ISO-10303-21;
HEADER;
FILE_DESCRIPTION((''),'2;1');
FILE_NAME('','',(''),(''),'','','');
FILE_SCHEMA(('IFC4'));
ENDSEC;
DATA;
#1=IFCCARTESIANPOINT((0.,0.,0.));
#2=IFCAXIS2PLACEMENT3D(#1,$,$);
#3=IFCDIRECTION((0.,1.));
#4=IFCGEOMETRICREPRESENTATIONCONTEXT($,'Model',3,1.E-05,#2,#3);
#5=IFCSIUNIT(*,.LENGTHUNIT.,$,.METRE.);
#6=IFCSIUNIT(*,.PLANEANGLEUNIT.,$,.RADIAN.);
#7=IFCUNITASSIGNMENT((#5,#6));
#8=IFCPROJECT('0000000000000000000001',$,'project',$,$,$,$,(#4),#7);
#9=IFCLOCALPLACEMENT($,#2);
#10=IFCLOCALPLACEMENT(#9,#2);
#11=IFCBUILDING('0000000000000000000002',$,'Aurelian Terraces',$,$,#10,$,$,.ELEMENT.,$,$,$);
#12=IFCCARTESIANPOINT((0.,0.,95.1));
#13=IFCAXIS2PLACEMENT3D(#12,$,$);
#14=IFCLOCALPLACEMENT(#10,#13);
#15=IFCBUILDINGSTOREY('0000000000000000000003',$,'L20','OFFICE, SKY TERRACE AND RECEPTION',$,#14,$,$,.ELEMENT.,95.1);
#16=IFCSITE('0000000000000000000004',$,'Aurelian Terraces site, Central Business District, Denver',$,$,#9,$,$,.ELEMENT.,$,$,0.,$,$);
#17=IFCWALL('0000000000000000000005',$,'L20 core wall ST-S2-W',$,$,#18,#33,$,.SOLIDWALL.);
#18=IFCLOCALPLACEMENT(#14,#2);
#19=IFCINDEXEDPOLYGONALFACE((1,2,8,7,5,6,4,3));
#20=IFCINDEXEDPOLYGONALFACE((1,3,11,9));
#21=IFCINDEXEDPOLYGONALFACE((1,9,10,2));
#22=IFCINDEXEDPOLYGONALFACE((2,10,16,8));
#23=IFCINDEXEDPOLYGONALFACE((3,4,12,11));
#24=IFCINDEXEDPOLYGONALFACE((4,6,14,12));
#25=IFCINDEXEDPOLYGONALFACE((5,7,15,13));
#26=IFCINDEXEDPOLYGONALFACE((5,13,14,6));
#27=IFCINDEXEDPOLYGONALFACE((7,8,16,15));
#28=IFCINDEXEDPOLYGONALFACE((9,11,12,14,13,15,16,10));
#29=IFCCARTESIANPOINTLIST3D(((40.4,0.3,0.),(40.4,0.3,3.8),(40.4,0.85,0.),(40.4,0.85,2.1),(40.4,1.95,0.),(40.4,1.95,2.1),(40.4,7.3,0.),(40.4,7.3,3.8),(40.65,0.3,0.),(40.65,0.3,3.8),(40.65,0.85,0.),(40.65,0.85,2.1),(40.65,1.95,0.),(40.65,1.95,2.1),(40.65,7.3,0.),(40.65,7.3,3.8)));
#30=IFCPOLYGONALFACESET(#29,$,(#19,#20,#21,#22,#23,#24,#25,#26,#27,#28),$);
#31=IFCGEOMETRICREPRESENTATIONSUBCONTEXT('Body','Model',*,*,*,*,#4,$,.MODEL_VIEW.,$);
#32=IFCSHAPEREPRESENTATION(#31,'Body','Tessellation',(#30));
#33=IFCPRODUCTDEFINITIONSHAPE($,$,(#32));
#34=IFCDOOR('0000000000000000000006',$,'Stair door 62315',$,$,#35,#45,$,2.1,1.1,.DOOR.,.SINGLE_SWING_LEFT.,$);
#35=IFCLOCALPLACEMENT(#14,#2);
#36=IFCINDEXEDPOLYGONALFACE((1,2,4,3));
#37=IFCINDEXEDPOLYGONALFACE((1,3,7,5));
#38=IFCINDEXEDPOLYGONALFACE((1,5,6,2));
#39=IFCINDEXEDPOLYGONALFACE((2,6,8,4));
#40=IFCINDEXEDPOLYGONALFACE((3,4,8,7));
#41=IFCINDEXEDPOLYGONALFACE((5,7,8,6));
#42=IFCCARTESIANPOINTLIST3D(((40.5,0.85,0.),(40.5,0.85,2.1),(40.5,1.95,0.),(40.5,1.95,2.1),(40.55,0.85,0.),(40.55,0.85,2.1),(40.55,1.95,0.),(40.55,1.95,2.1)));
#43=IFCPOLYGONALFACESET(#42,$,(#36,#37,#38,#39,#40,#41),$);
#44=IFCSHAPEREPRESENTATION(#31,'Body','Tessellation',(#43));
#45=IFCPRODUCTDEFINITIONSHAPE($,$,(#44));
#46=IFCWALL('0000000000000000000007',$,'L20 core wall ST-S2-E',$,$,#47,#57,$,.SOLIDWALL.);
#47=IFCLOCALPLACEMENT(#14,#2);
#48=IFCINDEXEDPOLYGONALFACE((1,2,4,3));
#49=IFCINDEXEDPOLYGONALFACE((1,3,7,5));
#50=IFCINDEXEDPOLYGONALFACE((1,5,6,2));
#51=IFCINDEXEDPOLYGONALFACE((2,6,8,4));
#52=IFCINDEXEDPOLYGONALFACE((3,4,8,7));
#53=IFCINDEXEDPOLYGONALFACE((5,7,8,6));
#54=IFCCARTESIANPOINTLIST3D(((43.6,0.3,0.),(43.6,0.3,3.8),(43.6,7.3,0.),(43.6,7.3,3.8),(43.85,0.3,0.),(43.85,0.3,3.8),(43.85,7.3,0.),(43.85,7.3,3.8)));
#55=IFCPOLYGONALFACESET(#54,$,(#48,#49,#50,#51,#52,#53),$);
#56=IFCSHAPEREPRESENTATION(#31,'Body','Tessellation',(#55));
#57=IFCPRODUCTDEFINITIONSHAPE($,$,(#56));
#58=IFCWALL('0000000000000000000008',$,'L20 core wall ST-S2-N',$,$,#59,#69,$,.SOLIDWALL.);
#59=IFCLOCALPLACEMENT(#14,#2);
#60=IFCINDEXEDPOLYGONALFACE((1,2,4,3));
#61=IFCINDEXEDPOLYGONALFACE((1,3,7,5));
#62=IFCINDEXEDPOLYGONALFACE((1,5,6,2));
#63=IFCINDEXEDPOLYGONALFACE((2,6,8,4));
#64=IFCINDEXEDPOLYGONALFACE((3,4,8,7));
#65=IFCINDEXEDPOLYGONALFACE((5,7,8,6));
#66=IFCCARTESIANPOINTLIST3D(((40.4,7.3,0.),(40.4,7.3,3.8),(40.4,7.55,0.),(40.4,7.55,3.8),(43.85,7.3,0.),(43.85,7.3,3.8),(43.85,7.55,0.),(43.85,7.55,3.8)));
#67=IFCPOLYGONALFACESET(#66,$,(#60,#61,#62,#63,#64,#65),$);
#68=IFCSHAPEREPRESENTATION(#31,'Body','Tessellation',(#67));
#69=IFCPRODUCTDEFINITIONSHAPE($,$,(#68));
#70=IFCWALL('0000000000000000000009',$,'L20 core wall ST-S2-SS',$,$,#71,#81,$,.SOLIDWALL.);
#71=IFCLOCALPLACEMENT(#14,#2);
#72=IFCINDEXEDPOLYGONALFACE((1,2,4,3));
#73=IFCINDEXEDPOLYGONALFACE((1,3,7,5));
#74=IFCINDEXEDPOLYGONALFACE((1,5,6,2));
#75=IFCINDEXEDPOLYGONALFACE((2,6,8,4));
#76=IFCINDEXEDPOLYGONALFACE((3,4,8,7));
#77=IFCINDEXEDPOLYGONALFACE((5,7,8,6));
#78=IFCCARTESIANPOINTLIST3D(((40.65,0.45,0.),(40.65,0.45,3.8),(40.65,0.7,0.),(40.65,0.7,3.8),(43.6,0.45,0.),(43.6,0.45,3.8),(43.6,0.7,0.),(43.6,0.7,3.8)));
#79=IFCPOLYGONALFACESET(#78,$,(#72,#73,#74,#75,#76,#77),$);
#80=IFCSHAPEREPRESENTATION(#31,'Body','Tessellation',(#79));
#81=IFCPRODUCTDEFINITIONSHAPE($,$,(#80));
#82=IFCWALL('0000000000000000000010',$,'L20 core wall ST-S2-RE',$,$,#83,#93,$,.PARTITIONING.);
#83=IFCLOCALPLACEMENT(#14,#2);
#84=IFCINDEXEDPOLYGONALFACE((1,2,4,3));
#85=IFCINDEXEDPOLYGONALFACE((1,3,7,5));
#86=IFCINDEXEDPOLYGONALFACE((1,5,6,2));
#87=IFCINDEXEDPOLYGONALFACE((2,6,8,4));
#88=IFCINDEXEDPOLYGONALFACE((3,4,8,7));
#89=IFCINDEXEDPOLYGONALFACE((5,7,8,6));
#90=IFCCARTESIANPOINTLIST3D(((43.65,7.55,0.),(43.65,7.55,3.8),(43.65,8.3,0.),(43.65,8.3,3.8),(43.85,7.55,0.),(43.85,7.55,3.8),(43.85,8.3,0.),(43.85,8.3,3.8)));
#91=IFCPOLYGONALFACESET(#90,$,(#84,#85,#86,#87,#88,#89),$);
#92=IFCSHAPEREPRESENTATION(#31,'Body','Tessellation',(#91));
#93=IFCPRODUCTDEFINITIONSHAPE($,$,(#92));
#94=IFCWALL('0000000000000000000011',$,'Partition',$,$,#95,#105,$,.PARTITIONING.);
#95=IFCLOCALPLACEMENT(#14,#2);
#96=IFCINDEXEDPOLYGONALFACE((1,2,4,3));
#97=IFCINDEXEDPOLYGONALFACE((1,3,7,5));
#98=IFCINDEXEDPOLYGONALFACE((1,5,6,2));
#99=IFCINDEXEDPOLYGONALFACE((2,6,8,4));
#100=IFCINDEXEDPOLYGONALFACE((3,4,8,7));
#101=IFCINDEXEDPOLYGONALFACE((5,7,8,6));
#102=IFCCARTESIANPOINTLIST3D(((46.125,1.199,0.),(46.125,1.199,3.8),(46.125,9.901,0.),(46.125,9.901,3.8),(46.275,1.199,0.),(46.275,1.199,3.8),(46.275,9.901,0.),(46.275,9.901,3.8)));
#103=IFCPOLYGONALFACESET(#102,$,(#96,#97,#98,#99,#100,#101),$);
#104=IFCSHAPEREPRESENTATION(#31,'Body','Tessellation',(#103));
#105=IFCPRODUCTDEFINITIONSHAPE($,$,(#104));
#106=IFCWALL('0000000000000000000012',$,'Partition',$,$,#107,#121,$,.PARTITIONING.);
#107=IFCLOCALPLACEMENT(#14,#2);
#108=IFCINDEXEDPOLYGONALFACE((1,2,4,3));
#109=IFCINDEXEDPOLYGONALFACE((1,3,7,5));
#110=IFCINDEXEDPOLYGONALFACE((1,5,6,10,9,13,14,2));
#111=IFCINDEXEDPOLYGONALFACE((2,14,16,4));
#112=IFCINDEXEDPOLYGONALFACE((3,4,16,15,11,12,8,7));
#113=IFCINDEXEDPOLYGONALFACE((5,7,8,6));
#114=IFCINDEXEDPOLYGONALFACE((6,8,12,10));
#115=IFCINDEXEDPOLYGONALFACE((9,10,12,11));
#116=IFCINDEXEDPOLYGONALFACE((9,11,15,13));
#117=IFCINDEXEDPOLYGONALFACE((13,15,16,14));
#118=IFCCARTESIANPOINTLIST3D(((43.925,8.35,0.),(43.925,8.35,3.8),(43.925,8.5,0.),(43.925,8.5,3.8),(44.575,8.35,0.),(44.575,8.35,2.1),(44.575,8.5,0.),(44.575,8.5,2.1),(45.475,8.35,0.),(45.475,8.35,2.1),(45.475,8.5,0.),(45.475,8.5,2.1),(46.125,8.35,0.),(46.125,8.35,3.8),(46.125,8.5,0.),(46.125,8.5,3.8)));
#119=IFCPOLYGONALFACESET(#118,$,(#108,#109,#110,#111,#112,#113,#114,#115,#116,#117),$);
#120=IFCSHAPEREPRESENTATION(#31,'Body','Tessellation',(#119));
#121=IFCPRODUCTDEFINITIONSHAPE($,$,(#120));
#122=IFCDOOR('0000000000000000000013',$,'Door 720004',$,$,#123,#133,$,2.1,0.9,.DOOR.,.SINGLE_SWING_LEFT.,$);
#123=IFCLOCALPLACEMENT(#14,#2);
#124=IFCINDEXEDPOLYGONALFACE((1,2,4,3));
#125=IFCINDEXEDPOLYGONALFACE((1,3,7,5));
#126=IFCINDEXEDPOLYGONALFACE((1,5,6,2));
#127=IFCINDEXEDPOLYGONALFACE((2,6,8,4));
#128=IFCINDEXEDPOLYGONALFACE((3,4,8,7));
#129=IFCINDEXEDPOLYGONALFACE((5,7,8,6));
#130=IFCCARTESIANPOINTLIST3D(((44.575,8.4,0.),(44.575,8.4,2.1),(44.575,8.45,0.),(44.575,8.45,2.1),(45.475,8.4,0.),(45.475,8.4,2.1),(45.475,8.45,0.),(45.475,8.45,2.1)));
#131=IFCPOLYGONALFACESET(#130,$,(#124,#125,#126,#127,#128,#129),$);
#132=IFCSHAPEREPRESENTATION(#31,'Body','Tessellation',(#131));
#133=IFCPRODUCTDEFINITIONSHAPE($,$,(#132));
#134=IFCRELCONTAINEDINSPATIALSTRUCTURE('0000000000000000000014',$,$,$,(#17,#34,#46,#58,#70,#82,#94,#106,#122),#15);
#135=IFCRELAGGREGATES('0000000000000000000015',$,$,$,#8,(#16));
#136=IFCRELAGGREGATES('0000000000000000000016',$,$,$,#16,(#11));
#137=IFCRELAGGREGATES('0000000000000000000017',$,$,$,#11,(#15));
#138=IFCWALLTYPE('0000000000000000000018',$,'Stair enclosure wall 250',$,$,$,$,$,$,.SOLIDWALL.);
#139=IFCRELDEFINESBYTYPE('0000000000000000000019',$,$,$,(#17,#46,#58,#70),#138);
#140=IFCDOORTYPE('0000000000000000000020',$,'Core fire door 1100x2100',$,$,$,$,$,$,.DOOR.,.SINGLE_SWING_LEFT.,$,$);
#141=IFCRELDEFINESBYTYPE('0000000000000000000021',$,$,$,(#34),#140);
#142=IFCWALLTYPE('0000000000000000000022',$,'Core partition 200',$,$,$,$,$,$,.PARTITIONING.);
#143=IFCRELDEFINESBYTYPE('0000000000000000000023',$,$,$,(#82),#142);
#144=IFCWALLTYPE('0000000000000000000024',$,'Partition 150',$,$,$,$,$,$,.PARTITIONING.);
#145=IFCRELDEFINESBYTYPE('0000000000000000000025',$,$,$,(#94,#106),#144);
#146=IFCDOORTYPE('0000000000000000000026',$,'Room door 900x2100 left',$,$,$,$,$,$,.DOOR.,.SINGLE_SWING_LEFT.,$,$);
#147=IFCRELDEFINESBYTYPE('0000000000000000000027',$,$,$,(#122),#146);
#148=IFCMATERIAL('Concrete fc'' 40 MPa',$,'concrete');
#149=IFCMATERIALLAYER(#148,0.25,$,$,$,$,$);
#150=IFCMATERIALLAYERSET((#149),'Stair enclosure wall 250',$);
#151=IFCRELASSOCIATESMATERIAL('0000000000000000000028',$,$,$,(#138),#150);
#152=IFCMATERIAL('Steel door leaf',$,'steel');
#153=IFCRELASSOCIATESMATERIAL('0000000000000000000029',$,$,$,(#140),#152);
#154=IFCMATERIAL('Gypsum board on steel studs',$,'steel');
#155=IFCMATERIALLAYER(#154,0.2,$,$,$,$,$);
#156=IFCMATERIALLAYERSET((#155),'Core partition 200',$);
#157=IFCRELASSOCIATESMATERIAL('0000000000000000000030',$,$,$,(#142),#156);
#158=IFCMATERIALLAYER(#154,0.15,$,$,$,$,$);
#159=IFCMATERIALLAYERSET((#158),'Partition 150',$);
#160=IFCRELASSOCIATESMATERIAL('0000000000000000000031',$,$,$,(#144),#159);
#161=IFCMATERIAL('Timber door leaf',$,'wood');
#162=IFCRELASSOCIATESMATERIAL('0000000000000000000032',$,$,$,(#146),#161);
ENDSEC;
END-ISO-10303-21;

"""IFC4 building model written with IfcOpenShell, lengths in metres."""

from ifc_helpers import new_model, si_unit, direction, frame, frame_2d, origin, place, context, subcontext, project, spatial, rectangle, extrude, source, transform, mapped, material, layer, layer_set, type_object, element, fill, save


model = new_model("IFC4")

# Units and contexts
model_context = context("Model", 3, precision=1e-05, world=origin(), true_north=direction((0.0, 1.0)))
body_context = subcontext(model_context, "Body", "Model", "MODEL_VIEW")
ifc_project = project(units=[si_unit("LENGTHUNIT", "METRE"), si_unit("PLANEANGLEUNIT", "RADIAN")], contexts=[model_context])

# Site, building, storey
site_placement = place(None, origin())
site = spatial("IfcSite", under=ifc_project, at=site_placement, Name="Aurelian Terraces site, Central Business District, Denver", CompositionType="ELEMENT", RefElevation=0.0)
building_placement = place(site_placement, origin())
building = spatial("IfcBuilding", under=site, at=building_placement, Name="Aurelian Terraces", CompositionType="ELEMENT")
storey_placement = place(building_placement, frame((0.0, 0.0, 95.1)))
storey = spatial("IfcBuildingStorey", under=building, at=storey_placement, Name="L20", Description="OFFICE, SKY TERRACE AND RECEPTION", CompositionType="ELEMENT", Elevation=95.1)

# Shared definitions
ifc_material_1 = material(Name="Timber door leaf", Category="wood")

# Shared definitions
ifc_material_2 = material(Name="Concrete fc' 40 MPa", Category="concrete")

# Wall, opening, door
ifc_layer_1 = layer(ifc_material_2, 0.25)
ifc_layer_set_1 = layer_set([ifc_layer_1], Name="Stair enclosure wall 250")
wall_type_1 = type_object("IfcWallType", Name="Stair enclosure wall 250", PredefinedType="SOLIDWALL", material=ifc_layer_set_1)
shared_shape_1 = source(origin(), body_context, "Body", "SweptSolid", [
    extrude(rectangle(XDim=7.0, YDim=0.25, at=frame_2d((3.5, 0.0))), origin(), (0.0, 0.0, 1.0), 3.8),
])
wall_1_placement = place(storey_placement, frame((40.525, 0.3, 0.0), z_axis=(0.0, 0.0, 1.0), x_axis=(0.0, 1.0, 0.0)))
wall_1 = element("IfcWall", 1, at=wall_1_placement, inside=storey, type_object=wall_type_1, Name="L20 core wall ST-S2-W", PredefinedType="SOLIDWALL", context=body_context, shape_type="MappedRepresentation", body=[
    mapped(shared_shape_1, transform((0.0, 0.0, 0.0), scale=1.0)),
])
shared_shape_2 = source(origin(), body_context, "Body", "SweptSolid", [
    extrude(rectangle(XDim=1.1, YDim=2.1, at=frame_2d((0.55, 1.05))), frame((0.0, 0.135, 0.0), z_axis=(0.0, -1.0, 0.0), x_axis=(1.0, 0.0, 0.0)), (0.0, 0.0, 1.0), 0.27),
])
opening_1_placement = place(wall_1_placement, frame((0.55, 0.0, 0.0)))
opening_1 = element("IfcOpeningElement", 2, at=opening_1_placement, cuts=wall_1, PredefinedType="OPENING", context=body_context, shape_type="MappedRepresentation", body=[
    mapped(shared_shape_2, transform((0.0, 0.0, 0.0), scale=1.0)),
])
ifc_material_3 = material(Name="Steel door leaf", Category="steel")
door_type_1 = type_object("IfcDoorType", Name="Core fire door 1100x2100", OperationType="SINGLE_SWING_LEFT", PredefinedType="DOOR", material=ifc_material_3)
shared_shape_3 = source(origin(), body_context, "Body", "SweptSolid", [
    extrude(rectangle(XDim=1.1, YDim=2.1, at=frame_2d((0.55, 1.05))), frame((0.0, 0.025, 0.0), z_axis=(0.0, -1.0, 0.0), x_axis=(1.0, 0.0, 0.0)), (0.0, 0.0, 1.0), 0.05),
])
door_1_placement = place(opening_1_placement, origin())
door_1 = element("IfcDoor", 3, at=door_1_placement, inside=storey, type_object=door_type_1, Name="Stair door 62315", OperationType="SINGLE_SWING_LEFT", OverallHeight=2.1, OverallWidth=1.1, PredefinedType="DOOR", context=body_context, shape_type="MappedRepresentation", body=[
    mapped(shared_shape_3, transform((0.0, 0.0, 0.0), scale=1.0)),
])
fill(opening_1, door_1)

# Walls
wall_2_placement = place(storey_placement, frame((43.725, 0.3, 0.0), z_axis=(0.0, 0.0, 1.0), x_axis=(0.0, 1.0, 0.0)))
element("IfcWall", 4, at=wall_2_placement, inside=storey, type_object=wall_type_1, Name="L20 core wall ST-S2-E", PredefinedType="SOLIDWALL", context=body_context, shape_type="MappedRepresentation", body=[
    mapped(shared_shape_1, transform((0.0, 0.0, 0.0), scale=1.0)),
])
shared_shape_4 = source(origin(), body_context, "Body", "SweptSolid", [
    extrude(rectangle(XDim=3.45, YDim=0.25, at=frame_2d((1.725, 0.0))), origin(), (0.0, 0.0, 1.0), 3.8),
])
wall_3_placement = place(storey_placement, frame((40.4, 7.425, 0.0), z_axis=(0.0, 0.0, 1.0), x_axis=(1.0, 0.0, 0.0)))
element("IfcWall", 5, at=wall_3_placement, inside=storey, type_object=wall_type_1, Name="L20 core wall ST-S2-N", PredefinedType="SOLIDWALL", context=body_context, shape_type="MappedRepresentation", body=[
    mapped(shared_shape_4, transform((0.0, 0.0, 0.0), scale=1.0)),
])
shared_shape_5 = source(origin(), body_context, "Body", "SweptSolid", [
    extrude(rectangle(XDim=2.95, YDim=0.25, at=frame_2d((1.475, 0.0))), origin(), (0.0, 0.0, 1.0), 3.8),
])
wall_4_placement = place(storey_placement, frame((40.65, 0.575, 0.0), z_axis=(0.0, 0.0, 1.0), x_axis=(1.0, 0.0, 0.0)))
element("IfcWall", 6, at=wall_4_placement, inside=storey, type_object=wall_type_1, Name="L20 core wall ST-S2-SS", PredefinedType="SOLIDWALL", context=body_context, shape_type="MappedRepresentation", body=[
    mapped(shared_shape_5, transform((0.0, 0.0, 0.0), scale=1.0)),
])
ifc_material_4 = material(Name="Gypsum board on steel studs", Category="steel")
ifc_layer_2 = layer(ifc_material_4, 0.2)
ifc_layer_set_2 = layer_set([ifc_layer_2], Name="Core partition 200")
wall_type_2 = type_object("IfcWallType", Name="Core partition 200", PredefinedType="PARTITIONING", material=ifc_layer_set_2)
shared_shape_6 = source(origin(), body_context, "Body", "SweptSolid", [
    extrude(rectangle(XDim=0.75, YDim=0.2, at=frame_2d((0.375, 0.0))), origin(), (0.0, 0.0, 1.0), 3.8),
])
wall_5_placement = place(storey_placement, frame((43.75, 7.55, 0.0), z_axis=(0.0, 0.0, 1.0), x_axis=(0.0, 1.0, 0.0)))
element("IfcWall", 7, at=wall_5_placement, inside=storey, type_object=wall_type_2, Name="L20 core wall ST-S2-RE", PredefinedType="PARTITIONING", context=body_context, shape_type="MappedRepresentation", body=[
    mapped(shared_shape_6, transform((0.0, 0.0, 0.0), scale=1.0)),
])
ifc_layer_3 = layer(ifc_material_4, 0.15)
ifc_layer_set_3 = layer_set([ifc_layer_3], Name="Partition 150")
wall_type_3 = type_object("IfcWallType", Name="Partition 150", PredefinedType="PARTITIONING", material=ifc_layer_set_3)
shared_shape_7 = source(origin(), body_context, "Body", "SweptSolid", [
    extrude(rectangle(XDim=8.702, YDim=0.15, at=frame_2d((4.351, 0.0))), origin(), (0.0, 0.0, 1.0), 3.8),
])
wall_6_placement = place(storey_placement, frame((46.2, 1.199, 0.0), z_axis=(0.0, 0.0, 1.0), x_axis=(0.0, 1.0, 0.0)))
element("IfcWall", 8, at=wall_6_placement, inside=storey, type_object=wall_type_3, Name="Partition", PredefinedType="PARTITIONING", context=body_context, shape_type="MappedRepresentation", body=[
    mapped(shared_shape_7, transform((0.0, 0.0, 0.0), scale=1.0)),
])

# Wall, opening, door
shared_shape_8 = source(origin(), body_context, "Body", "SweptSolid", [
    extrude(rectangle(XDim=2.2, YDim=0.15, at=frame_2d((1.1, 0.0))), origin(), (0.0, 0.0, 1.0), 3.8),
])
wall_7_placement = place(storey_placement, frame((46.125, 8.425, 0.0), z_axis=(0.0, 0.0, 1.0), x_axis=(-1.0, 0.0, 0.0)))
wall_7 = element("IfcWall", 9, at=wall_7_placement, inside=storey, type_object=wall_type_3, Name="Partition", PredefinedType="PARTITIONING", context=body_context, shape_type="MappedRepresentation", body=[
    mapped(shared_shape_8, transform((0.0, 0.0, 0.0), scale=1.0)),
])
shared_shape_9 = source(origin(), body_context, "Body", "SweptSolid", [
    extrude(rectangle(XDim=0.9, YDim=2.1, at=frame_2d((0.45, 1.05))), frame((0.0, 0.085, 0.0), z_axis=(0.0, -1.0, 0.0), x_axis=(1.0, 0.0, 0.0)), (0.0, 0.0, 1.0), 0.17),
])
opening_2_placement = place(wall_7_placement, frame((0.65, 0.0, 0.0)))
opening_2 = element("IfcOpeningElement", 10, at=opening_2_placement, cuts=wall_7, PredefinedType="OPENING", context=body_context, shape_type="MappedRepresentation", body=[
    mapped(shared_shape_9, transform((0.0, 0.0, 0.0), scale=1.0)),
])
door_type_2 = type_object("IfcDoorType", Name="Room door 900x2100 left", OperationType="SINGLE_SWING_LEFT", PredefinedType="DOOR", material=ifc_material_1)
shared_shape_10 = source(origin(), body_context, "Body", "SweptSolid", [
    extrude(rectangle(XDim=0.9, YDim=2.1, at=frame_2d((0.45, 1.05))), frame((0.0, 0.025, 0.0), z_axis=(0.0, -1.0, 0.0), x_axis=(1.0, 0.0, 0.0)), (0.0, 0.0, 1.0), 0.05),
])
door_2_placement = place(opening_2_placement, origin())
door_2 = element("IfcDoor", 11, at=door_2_placement, inside=storey, type_object=door_type_2, Name="Door 720004", OperationType="SINGLE_SWING_LEFT", OverallHeight=2.1, OverallWidth=0.9, PredefinedType="DOOR", context=body_context, shape_type="MappedRepresentation", body=[
    mapped(shared_shape_10, transform((0.0, 0.0, 0.0), scale=1.0)),
])
fill(opening_2, door_2)

save(model, "model.ifc")
